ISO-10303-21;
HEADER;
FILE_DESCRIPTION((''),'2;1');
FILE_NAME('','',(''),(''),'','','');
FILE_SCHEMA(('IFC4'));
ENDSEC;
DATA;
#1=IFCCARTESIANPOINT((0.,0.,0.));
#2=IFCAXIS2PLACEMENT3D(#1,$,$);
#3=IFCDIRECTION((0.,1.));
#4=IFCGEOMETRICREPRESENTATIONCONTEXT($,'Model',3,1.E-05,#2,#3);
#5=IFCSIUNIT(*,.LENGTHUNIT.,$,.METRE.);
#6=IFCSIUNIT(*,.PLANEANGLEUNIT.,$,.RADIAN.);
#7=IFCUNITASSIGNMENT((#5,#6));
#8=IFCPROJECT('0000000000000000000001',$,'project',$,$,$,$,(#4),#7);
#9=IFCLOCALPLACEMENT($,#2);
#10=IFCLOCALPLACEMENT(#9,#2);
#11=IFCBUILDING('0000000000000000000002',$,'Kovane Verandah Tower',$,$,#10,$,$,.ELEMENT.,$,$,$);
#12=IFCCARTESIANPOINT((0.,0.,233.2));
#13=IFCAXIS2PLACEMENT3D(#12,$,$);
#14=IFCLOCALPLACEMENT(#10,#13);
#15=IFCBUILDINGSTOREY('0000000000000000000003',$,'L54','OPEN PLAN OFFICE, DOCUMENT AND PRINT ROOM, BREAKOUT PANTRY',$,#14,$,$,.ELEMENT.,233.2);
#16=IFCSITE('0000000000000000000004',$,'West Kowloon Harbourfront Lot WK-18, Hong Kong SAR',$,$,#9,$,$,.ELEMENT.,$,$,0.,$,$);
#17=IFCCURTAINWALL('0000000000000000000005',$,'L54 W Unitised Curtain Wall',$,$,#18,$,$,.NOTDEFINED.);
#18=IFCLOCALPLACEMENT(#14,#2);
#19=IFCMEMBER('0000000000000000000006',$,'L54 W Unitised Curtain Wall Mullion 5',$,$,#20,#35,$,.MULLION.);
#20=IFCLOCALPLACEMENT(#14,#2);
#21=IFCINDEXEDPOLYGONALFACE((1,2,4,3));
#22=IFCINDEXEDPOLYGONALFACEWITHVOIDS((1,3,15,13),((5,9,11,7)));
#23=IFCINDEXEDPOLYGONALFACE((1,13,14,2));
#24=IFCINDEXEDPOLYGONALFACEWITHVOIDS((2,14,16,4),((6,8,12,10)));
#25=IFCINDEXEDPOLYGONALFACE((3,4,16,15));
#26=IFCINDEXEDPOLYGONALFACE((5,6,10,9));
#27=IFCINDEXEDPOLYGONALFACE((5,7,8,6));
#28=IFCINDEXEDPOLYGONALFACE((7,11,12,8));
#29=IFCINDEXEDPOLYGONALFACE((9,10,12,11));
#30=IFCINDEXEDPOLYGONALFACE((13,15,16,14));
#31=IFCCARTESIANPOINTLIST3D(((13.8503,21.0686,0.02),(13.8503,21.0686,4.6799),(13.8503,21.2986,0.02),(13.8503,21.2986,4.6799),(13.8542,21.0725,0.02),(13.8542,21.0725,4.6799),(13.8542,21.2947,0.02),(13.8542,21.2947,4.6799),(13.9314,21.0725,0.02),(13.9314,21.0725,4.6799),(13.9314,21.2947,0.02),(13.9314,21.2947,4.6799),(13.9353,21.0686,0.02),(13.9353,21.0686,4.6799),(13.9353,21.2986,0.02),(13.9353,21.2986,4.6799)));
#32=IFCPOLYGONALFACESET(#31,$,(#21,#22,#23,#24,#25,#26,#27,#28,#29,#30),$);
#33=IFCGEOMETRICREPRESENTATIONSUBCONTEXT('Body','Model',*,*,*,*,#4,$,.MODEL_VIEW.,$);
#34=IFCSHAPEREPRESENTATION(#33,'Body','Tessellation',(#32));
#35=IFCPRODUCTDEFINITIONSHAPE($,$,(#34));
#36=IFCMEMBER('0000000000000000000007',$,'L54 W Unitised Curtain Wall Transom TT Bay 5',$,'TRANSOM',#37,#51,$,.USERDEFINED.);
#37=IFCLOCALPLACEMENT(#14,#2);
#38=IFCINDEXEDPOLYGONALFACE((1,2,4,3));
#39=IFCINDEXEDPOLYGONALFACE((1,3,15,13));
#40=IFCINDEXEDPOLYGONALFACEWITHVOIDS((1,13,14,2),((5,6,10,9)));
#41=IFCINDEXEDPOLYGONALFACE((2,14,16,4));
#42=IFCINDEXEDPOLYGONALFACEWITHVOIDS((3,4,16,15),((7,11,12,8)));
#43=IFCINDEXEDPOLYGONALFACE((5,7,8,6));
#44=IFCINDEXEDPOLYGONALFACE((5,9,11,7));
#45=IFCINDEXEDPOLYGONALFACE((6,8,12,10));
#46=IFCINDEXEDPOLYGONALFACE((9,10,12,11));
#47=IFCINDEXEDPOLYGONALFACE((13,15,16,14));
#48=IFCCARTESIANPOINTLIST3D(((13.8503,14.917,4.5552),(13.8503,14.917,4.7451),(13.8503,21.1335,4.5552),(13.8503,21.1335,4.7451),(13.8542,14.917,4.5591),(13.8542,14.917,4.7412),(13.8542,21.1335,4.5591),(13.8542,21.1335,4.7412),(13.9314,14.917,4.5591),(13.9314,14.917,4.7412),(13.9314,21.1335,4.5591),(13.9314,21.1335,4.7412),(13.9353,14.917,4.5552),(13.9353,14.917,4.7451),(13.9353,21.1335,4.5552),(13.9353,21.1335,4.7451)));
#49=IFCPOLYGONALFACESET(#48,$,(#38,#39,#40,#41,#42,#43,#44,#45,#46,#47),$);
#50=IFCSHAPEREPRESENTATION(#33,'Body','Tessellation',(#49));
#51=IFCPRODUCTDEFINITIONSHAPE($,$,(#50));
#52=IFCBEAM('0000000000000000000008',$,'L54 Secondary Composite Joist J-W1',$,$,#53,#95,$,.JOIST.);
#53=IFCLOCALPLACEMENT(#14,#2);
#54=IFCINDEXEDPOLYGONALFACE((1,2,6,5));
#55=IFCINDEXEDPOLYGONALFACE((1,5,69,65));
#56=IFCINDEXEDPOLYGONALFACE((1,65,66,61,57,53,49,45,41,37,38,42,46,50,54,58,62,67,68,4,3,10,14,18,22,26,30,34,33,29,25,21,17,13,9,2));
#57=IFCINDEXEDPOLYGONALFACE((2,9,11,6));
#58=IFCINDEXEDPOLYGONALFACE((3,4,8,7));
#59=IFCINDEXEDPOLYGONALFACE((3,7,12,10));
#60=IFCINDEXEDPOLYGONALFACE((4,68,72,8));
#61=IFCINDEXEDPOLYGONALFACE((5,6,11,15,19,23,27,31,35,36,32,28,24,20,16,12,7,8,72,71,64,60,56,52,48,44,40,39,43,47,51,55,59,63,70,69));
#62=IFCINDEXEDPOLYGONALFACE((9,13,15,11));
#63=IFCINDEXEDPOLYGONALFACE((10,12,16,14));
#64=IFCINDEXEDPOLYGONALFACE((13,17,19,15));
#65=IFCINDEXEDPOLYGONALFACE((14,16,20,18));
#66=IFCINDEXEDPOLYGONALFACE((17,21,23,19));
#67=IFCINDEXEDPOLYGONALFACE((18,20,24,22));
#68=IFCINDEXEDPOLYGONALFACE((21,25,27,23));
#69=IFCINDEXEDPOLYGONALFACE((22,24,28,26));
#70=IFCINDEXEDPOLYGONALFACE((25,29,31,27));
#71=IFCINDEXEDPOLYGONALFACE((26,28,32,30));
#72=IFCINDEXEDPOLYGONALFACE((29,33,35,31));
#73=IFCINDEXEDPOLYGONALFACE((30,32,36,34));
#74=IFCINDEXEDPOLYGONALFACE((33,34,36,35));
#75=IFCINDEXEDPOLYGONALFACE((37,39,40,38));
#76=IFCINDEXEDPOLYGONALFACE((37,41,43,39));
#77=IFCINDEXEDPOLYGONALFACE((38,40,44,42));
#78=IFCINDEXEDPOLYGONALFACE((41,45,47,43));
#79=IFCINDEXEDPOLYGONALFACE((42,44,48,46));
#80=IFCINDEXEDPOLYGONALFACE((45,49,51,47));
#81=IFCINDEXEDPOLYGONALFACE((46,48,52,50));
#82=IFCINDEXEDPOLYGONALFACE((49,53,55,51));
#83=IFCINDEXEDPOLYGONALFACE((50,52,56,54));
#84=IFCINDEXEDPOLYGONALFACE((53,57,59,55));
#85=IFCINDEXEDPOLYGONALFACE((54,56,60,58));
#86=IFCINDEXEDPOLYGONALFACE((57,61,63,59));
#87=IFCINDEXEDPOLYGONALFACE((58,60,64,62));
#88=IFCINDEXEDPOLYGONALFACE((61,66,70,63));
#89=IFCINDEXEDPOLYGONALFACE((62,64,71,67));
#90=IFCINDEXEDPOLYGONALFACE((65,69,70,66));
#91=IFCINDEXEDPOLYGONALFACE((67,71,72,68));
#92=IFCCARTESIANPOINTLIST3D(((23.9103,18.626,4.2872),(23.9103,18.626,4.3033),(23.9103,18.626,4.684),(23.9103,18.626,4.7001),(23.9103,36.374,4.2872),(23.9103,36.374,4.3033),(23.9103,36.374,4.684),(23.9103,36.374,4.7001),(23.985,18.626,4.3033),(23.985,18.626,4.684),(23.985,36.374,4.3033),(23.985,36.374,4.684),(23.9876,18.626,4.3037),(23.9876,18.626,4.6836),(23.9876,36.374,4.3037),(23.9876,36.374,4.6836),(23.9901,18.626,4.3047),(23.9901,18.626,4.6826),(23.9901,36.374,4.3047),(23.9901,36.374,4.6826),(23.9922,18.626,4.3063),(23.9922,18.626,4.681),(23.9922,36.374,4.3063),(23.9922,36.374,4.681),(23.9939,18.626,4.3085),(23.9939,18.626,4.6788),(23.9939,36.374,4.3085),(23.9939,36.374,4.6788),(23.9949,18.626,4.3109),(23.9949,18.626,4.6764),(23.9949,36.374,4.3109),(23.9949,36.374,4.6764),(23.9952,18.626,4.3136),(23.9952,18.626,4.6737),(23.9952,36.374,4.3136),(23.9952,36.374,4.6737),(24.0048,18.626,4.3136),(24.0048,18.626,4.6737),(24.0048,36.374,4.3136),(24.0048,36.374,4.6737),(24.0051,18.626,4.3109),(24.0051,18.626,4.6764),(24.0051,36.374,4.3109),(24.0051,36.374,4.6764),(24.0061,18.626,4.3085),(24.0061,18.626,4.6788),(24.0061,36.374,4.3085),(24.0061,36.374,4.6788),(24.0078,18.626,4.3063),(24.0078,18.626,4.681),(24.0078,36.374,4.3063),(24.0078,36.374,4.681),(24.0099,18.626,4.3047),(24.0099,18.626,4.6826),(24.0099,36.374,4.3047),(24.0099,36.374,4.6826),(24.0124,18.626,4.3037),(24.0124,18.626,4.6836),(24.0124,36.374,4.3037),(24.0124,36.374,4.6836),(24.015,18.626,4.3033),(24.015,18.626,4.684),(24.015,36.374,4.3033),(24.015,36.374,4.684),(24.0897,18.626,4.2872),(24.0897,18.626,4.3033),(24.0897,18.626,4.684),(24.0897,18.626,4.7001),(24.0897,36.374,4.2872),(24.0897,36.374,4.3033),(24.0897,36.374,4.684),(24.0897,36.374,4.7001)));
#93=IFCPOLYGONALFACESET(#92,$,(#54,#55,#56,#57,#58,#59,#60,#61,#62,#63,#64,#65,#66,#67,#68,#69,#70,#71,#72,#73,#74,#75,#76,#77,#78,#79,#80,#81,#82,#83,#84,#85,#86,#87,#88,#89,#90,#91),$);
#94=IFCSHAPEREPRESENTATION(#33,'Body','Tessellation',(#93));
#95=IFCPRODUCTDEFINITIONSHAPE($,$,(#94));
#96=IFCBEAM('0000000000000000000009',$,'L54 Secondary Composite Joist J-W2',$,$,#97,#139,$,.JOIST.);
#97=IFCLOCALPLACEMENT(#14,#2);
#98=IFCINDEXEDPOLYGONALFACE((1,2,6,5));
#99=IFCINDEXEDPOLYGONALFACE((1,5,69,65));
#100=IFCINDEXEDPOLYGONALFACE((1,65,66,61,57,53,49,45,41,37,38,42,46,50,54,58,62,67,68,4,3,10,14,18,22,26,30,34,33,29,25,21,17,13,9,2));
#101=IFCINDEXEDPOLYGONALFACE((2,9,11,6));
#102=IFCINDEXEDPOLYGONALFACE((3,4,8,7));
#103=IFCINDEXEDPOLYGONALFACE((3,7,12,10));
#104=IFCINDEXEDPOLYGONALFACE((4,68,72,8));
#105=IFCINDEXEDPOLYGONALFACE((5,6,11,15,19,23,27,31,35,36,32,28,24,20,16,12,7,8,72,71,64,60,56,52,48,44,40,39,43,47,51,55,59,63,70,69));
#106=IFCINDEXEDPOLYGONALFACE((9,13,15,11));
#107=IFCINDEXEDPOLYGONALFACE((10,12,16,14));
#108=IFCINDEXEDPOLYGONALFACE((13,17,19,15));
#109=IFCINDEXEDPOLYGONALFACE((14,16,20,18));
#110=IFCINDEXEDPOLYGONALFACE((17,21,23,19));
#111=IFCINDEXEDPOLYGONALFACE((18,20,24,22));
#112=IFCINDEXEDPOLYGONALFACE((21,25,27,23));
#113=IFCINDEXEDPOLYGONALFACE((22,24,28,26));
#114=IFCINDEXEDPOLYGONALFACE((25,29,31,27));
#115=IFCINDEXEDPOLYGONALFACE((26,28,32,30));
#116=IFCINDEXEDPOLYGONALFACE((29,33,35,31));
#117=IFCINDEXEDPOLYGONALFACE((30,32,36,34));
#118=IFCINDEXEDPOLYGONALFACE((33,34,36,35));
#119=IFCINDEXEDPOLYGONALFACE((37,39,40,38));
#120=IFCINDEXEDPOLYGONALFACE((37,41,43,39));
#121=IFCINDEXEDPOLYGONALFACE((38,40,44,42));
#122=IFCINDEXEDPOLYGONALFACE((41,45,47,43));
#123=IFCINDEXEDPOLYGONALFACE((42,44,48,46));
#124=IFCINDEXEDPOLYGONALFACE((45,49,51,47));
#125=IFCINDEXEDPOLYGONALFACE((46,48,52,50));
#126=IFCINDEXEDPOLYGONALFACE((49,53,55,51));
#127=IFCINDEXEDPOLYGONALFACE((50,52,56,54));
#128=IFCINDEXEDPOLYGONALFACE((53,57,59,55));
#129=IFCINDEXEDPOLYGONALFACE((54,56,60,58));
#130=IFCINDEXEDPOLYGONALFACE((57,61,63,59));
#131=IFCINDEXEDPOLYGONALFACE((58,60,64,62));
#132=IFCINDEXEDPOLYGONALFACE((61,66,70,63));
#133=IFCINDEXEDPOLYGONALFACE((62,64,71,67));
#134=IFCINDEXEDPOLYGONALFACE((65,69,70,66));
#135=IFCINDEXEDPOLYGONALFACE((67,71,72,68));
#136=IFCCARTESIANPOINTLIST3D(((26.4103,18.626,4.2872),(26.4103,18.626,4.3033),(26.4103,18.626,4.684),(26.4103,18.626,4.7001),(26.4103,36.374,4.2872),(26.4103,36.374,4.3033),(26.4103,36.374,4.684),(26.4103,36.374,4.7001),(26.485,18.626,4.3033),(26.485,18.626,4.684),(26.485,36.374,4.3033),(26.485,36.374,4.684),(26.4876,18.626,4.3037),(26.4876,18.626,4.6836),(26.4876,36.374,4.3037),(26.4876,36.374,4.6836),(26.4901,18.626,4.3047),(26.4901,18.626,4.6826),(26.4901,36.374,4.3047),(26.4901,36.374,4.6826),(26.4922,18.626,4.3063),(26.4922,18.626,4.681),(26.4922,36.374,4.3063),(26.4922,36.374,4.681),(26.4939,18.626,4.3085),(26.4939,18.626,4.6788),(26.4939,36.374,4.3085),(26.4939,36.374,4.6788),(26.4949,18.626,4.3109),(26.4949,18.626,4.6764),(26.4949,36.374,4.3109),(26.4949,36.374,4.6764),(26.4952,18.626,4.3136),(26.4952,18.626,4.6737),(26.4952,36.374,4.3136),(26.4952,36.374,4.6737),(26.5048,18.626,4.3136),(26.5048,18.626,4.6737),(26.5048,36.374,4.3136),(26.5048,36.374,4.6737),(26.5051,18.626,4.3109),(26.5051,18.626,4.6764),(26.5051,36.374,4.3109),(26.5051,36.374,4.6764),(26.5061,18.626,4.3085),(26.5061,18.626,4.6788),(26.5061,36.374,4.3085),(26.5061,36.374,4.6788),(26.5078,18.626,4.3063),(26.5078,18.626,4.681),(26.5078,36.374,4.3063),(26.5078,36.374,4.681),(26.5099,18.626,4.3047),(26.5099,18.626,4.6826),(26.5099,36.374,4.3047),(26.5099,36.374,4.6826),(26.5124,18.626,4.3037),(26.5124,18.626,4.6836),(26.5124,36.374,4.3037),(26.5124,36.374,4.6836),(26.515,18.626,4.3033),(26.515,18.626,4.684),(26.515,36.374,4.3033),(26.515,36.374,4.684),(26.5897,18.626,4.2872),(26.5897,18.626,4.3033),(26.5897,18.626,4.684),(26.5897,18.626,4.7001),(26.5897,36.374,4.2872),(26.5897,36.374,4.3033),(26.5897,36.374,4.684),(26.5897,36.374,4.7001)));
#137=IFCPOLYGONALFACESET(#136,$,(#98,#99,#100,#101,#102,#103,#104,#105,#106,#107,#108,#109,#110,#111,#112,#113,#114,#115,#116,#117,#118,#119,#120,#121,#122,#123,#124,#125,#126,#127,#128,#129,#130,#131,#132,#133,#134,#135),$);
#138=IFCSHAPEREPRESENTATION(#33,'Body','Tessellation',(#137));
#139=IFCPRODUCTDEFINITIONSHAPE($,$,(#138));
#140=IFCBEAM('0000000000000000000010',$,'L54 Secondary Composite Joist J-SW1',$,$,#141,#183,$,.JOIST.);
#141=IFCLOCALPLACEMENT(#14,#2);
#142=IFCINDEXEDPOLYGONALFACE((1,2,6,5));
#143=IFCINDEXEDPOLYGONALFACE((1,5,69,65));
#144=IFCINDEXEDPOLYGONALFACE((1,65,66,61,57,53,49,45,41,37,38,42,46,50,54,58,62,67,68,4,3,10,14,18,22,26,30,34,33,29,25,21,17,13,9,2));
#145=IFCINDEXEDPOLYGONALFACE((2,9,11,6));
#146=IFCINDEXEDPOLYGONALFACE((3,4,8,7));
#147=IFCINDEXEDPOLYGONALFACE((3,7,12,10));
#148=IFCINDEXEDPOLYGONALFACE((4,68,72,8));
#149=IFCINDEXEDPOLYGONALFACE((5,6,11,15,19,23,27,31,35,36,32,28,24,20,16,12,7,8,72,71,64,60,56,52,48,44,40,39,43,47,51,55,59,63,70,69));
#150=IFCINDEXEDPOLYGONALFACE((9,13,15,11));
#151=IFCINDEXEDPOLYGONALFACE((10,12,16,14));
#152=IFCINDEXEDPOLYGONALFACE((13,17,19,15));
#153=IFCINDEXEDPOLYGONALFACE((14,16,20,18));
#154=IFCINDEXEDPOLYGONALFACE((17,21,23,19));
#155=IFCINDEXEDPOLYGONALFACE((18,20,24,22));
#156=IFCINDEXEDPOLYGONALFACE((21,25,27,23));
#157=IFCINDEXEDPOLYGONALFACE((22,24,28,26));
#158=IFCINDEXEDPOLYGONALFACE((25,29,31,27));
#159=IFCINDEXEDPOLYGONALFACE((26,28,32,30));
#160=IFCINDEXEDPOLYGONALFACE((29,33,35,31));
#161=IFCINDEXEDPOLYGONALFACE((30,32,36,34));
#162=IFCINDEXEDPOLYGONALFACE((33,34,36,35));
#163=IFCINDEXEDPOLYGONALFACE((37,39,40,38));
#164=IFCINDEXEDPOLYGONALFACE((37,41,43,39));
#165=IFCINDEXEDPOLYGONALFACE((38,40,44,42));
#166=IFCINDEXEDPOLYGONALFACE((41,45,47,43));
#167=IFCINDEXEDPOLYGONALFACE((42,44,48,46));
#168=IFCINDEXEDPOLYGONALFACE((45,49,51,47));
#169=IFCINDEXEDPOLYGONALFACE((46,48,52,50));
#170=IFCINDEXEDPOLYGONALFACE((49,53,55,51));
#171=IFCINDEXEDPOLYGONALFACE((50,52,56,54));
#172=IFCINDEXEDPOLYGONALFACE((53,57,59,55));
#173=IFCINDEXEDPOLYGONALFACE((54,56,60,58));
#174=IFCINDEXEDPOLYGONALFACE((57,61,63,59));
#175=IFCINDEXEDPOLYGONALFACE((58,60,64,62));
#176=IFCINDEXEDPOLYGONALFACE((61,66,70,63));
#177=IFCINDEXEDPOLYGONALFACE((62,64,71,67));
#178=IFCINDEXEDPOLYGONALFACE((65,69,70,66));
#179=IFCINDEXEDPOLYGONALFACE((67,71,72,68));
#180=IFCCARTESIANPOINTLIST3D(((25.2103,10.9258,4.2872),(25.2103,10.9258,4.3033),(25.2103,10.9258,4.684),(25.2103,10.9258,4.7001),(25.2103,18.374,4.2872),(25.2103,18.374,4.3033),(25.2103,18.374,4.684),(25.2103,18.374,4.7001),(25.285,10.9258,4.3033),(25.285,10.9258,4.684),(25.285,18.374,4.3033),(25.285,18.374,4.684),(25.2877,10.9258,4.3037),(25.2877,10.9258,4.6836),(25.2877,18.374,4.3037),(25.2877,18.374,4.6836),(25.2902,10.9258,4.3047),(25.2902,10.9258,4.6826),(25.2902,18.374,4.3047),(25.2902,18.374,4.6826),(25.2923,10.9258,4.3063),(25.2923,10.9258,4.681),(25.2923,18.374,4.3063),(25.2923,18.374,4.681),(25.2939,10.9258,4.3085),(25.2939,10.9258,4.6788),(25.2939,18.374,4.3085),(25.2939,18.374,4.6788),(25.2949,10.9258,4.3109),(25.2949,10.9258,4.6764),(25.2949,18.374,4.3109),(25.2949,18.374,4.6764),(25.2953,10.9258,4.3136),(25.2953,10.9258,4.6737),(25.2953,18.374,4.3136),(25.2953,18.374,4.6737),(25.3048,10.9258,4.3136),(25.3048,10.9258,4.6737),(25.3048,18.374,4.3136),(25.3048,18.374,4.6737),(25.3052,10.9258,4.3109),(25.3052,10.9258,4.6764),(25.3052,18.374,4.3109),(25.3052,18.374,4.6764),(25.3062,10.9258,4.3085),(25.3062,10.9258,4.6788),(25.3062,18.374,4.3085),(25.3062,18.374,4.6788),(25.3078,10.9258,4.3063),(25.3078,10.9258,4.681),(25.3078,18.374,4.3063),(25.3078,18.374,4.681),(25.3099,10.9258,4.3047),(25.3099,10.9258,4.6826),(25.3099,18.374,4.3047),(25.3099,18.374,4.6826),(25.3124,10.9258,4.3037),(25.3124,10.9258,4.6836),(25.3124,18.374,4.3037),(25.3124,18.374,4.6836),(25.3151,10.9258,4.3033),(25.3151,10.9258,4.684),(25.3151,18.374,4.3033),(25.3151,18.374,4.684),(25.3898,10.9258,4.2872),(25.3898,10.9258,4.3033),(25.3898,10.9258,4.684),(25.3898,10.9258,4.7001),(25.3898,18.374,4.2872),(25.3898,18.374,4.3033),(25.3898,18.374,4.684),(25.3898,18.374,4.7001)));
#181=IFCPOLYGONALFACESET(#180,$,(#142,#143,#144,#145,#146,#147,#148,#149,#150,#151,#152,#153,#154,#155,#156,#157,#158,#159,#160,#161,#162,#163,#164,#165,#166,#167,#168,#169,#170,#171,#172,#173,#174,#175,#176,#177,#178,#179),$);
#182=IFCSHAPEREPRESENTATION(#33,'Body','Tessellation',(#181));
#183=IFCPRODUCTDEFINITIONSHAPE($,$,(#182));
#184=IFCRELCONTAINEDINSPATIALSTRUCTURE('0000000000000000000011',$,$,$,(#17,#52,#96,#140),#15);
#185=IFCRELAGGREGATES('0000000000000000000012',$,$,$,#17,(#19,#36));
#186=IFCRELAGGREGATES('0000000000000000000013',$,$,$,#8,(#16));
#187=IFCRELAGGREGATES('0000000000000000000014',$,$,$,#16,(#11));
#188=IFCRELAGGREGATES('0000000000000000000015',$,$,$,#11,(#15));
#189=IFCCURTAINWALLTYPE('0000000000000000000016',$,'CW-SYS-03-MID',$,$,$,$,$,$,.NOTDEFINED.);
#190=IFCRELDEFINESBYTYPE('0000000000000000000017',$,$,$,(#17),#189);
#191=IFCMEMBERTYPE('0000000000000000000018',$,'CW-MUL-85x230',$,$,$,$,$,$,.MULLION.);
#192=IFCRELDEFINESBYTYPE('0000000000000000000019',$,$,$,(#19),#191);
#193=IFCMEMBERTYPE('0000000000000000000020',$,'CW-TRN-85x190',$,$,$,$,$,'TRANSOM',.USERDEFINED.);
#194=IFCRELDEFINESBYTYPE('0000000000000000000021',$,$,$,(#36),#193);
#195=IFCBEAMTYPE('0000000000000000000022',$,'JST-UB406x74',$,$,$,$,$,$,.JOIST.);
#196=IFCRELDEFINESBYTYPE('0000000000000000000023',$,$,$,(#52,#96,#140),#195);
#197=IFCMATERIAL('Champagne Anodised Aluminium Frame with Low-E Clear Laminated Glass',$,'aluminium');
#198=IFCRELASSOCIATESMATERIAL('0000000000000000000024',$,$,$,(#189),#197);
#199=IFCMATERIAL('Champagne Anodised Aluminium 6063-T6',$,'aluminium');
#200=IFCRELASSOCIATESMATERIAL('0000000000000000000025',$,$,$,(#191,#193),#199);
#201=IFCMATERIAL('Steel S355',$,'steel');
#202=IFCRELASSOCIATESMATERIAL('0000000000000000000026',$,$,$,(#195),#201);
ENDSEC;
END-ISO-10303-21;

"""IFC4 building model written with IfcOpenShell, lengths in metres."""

from ifc_helpers import new_model, si_unit, direction, frame, origin, origin_2d, place, context, subcontext, project, spatial, hollow_rectangle, i_section, extrude, material, material_profile, profile_set, type_object, element, aggregate, save


model = new_model("IFC4")

# Units and contexts
model_context = context("Model", 3, precision=1e-05, world=origin(), true_north=direction((0.0, 1.0)))
body_context = subcontext(model_context, "Body", "Model", "MODEL_VIEW")
ifc_project = project(units=[si_unit("LENGTHUNIT", "METRE"), si_unit("PLANEANGLEUNIT", "RADIAN")], contexts=[model_context])

# Site, building, storey
site_placement = place(None, origin())
site = spatial("IfcSite", under=ifc_project, at=site_placement, Name="West Kowloon Harbourfront Lot WK-18, Hong Kong SAR", CompositionType="ELEMENT", RefElevation=0.0)
building_placement = place(site_placement, origin())
building = spatial("IfcBuilding", under=site, at=building_placement, Name="Kovane Verandah Tower", CompositionType="ELEMENT")
storey_placement = place(building_placement, frame((0.0, 0.0, 233.2)))
storey = spatial("IfcBuildingStorey", under=building, at=storey_placement, Name="L54", Description="OPEN PLAN OFFICE, DOCUMENT AND PRINT ROOM, BREAKOUT PANTRY", CompositionType="ELEMENT", Elevation=233.2)

# Shared definitions
ifc_material_1 = material(Name="Steel S355", Category="steel")

# Curtain wall, members
ifc_material_2 = material(Name="Champagne Anodised Aluminium Frame with Low-E Clear Laminated Glass", Category="aluminium")
curtain_wall_type = type_object("IfcCurtainWallType", Name="CW-SYS-03-MID", PredefinedType="NOTDEFINED", material=ifc_material_2)
curtain_wall_placement = place(storey_placement, origin())
curtain_wall = element("IfcCurtainWall", 1, at=curtain_wall_placement, inside=storey, type_object=curtain_wall_type, Name="L54 W Unitised Curtain Wall", PredefinedType="NOTDEFINED")
ifc_material_3 = material(Name="Champagne Anodised Aluminium 6063-T6", Category="aluminium")
ifc_material_profile_1 = material_profile(ifc_material_3, hollow_rectangle(XDim=0.085, YDim=0.23, WallThickness=0.0039, at=origin_2d()), Name="AL85x230x4")
ifc_profile_set_1 = profile_set([ifc_material_profile_1], Name="Champagne Anodised Aluminium 6063-T6")
member_type_1 = type_object("IfcMemberType", Name="CW-MUL-85x230", PredefinedType="MULLION", material=ifc_profile_set_1)
member_1_placement = place(storey_placement, frame((13.8928, 21.1836, 0.02), z_axis=(0.0, 0.0, 1.0), x_axis=(-1.0, 0.0, 0.0)))
member_1 = element("IfcMember", 2, at=member_1_placement, type_object=member_type_1, Name="L54 W Unitised Curtain Wall Mullion 5", PredefinedType="MULLION", context=body_context, shape_type="SweptSolid", body=[
    extrude(hollow_rectangle(XDim=0.085, YDim=0.23, WallThickness=0.0039, at=origin_2d()), origin(), (0.0, 0.0, 1.0), 4.6599),
])
ifc_material_profile_2 = material_profile(ifc_material_3, hollow_rectangle(XDim=0.085, YDim=0.1899, WallThickness=0.0039, at=origin_2d()), Name="AL85x190x4")
ifc_profile_set_2 = profile_set([ifc_material_profile_2], Name="Champagne Anodised Aluminium 6063-T6")
member_type_2 = type_object("IfcMemberType", Name="CW-TRN-85x190", ElementType="TRANSOM", PredefinedType="USERDEFINED", material=ifc_profile_set_2)
member_2_placement = place(storey_placement, frame((13.8928, 21.1335, 4.6501), z_axis=(0.0, -1.0, 0.0), x_axis=(1.0, 0.0, 0.0)))
member_2 = element("IfcMember", 3, at=member_2_placement, type_object=member_type_2, Name="L54 W Unitised Curtain Wall Transom TT Bay 5", ObjectType="TRANSOM", PredefinedType="USERDEFINED", context=body_context, shape_type="SweptSolid", body=[
    extrude(hollow_rectangle(XDim=0.085, YDim=0.1899, WallThickness=0.0039, at=origin_2d()), origin(), (0.0, 0.0, 1.0), 6.2166),
])
aggregate(curtain_wall, [member_1, member_2])

# Beams
ifc_material_profile_3 = material_profile(ifc_material_1, i_section(OverallWidth=0.1794, OverallDepth=0.4128, WebThickness=0.0095, FlangeThickness=0.0161, FilletRadius=0.0103, at=origin_2d()), Name="UB406x178x74")
ifc_profile_set_3 = profile_set([ifc_material_profile_3], Name="Steel S355")
beam_type_1 = type_object("IfcBeamType", Name="JST-UB406x74", PredefinedType="JOIST", material=ifc_profile_set_3)
for number, where, z_axis, x_axis, name in (
    (4, (24.0, 18.626, 4.4937), (0.0, 1.0, 0.0), (-1.0, 0.0, 0.0), "L54 Secondary Composite Joist J-W1"),
    (5, (26.5, 18.626, 4.4937), (0.0, 1.0, 0.0), (-1.0, 0.0, 0.0), "L54 Secondary Composite Joist J-W2"),
):
    element("IfcBeam", number, at=place(storey_placement, frame(where, z_axis=z_axis, x_axis=x_axis)), inside=storey, type_object=beam_type_1, Name=name, PredefinedType="JOIST", context=body_context, shape_type="SweptSolid", body=[
        extrude(i_section(OverallWidth=0.1794, OverallDepth=0.4128, WebThickness=0.0095, FlangeThickness=0.0161, FilletRadius=0.0103, at=origin_2d()), origin(), (0.0, 0.0, 1.0), 17.748),
    ])
beam_1_placement = place(storey_placement, frame((25.3, 10.9258, 4.4937), z_axis=(0.0, 1.0, 0.0), x_axis=(-1.0, 0.0, 0.0)))
element("IfcBeam", 6, at=beam_1_placement, inside=storey, type_object=beam_type_1, Name="L54 Secondary Composite Joist J-SW1", PredefinedType="JOIST", context=body_context, shape_type="SweptSolid", body=[
    extrude(i_section(OverallWidth=0.1794, OverallDepth=0.4128, WebThickness=0.0095, FlangeThickness=0.0161, FilletRadius=0.0103, at=origin_2d()), origin(), (0.0, 0.0, 1.0), 7.4482),
])

save(model, "model.ifc")
